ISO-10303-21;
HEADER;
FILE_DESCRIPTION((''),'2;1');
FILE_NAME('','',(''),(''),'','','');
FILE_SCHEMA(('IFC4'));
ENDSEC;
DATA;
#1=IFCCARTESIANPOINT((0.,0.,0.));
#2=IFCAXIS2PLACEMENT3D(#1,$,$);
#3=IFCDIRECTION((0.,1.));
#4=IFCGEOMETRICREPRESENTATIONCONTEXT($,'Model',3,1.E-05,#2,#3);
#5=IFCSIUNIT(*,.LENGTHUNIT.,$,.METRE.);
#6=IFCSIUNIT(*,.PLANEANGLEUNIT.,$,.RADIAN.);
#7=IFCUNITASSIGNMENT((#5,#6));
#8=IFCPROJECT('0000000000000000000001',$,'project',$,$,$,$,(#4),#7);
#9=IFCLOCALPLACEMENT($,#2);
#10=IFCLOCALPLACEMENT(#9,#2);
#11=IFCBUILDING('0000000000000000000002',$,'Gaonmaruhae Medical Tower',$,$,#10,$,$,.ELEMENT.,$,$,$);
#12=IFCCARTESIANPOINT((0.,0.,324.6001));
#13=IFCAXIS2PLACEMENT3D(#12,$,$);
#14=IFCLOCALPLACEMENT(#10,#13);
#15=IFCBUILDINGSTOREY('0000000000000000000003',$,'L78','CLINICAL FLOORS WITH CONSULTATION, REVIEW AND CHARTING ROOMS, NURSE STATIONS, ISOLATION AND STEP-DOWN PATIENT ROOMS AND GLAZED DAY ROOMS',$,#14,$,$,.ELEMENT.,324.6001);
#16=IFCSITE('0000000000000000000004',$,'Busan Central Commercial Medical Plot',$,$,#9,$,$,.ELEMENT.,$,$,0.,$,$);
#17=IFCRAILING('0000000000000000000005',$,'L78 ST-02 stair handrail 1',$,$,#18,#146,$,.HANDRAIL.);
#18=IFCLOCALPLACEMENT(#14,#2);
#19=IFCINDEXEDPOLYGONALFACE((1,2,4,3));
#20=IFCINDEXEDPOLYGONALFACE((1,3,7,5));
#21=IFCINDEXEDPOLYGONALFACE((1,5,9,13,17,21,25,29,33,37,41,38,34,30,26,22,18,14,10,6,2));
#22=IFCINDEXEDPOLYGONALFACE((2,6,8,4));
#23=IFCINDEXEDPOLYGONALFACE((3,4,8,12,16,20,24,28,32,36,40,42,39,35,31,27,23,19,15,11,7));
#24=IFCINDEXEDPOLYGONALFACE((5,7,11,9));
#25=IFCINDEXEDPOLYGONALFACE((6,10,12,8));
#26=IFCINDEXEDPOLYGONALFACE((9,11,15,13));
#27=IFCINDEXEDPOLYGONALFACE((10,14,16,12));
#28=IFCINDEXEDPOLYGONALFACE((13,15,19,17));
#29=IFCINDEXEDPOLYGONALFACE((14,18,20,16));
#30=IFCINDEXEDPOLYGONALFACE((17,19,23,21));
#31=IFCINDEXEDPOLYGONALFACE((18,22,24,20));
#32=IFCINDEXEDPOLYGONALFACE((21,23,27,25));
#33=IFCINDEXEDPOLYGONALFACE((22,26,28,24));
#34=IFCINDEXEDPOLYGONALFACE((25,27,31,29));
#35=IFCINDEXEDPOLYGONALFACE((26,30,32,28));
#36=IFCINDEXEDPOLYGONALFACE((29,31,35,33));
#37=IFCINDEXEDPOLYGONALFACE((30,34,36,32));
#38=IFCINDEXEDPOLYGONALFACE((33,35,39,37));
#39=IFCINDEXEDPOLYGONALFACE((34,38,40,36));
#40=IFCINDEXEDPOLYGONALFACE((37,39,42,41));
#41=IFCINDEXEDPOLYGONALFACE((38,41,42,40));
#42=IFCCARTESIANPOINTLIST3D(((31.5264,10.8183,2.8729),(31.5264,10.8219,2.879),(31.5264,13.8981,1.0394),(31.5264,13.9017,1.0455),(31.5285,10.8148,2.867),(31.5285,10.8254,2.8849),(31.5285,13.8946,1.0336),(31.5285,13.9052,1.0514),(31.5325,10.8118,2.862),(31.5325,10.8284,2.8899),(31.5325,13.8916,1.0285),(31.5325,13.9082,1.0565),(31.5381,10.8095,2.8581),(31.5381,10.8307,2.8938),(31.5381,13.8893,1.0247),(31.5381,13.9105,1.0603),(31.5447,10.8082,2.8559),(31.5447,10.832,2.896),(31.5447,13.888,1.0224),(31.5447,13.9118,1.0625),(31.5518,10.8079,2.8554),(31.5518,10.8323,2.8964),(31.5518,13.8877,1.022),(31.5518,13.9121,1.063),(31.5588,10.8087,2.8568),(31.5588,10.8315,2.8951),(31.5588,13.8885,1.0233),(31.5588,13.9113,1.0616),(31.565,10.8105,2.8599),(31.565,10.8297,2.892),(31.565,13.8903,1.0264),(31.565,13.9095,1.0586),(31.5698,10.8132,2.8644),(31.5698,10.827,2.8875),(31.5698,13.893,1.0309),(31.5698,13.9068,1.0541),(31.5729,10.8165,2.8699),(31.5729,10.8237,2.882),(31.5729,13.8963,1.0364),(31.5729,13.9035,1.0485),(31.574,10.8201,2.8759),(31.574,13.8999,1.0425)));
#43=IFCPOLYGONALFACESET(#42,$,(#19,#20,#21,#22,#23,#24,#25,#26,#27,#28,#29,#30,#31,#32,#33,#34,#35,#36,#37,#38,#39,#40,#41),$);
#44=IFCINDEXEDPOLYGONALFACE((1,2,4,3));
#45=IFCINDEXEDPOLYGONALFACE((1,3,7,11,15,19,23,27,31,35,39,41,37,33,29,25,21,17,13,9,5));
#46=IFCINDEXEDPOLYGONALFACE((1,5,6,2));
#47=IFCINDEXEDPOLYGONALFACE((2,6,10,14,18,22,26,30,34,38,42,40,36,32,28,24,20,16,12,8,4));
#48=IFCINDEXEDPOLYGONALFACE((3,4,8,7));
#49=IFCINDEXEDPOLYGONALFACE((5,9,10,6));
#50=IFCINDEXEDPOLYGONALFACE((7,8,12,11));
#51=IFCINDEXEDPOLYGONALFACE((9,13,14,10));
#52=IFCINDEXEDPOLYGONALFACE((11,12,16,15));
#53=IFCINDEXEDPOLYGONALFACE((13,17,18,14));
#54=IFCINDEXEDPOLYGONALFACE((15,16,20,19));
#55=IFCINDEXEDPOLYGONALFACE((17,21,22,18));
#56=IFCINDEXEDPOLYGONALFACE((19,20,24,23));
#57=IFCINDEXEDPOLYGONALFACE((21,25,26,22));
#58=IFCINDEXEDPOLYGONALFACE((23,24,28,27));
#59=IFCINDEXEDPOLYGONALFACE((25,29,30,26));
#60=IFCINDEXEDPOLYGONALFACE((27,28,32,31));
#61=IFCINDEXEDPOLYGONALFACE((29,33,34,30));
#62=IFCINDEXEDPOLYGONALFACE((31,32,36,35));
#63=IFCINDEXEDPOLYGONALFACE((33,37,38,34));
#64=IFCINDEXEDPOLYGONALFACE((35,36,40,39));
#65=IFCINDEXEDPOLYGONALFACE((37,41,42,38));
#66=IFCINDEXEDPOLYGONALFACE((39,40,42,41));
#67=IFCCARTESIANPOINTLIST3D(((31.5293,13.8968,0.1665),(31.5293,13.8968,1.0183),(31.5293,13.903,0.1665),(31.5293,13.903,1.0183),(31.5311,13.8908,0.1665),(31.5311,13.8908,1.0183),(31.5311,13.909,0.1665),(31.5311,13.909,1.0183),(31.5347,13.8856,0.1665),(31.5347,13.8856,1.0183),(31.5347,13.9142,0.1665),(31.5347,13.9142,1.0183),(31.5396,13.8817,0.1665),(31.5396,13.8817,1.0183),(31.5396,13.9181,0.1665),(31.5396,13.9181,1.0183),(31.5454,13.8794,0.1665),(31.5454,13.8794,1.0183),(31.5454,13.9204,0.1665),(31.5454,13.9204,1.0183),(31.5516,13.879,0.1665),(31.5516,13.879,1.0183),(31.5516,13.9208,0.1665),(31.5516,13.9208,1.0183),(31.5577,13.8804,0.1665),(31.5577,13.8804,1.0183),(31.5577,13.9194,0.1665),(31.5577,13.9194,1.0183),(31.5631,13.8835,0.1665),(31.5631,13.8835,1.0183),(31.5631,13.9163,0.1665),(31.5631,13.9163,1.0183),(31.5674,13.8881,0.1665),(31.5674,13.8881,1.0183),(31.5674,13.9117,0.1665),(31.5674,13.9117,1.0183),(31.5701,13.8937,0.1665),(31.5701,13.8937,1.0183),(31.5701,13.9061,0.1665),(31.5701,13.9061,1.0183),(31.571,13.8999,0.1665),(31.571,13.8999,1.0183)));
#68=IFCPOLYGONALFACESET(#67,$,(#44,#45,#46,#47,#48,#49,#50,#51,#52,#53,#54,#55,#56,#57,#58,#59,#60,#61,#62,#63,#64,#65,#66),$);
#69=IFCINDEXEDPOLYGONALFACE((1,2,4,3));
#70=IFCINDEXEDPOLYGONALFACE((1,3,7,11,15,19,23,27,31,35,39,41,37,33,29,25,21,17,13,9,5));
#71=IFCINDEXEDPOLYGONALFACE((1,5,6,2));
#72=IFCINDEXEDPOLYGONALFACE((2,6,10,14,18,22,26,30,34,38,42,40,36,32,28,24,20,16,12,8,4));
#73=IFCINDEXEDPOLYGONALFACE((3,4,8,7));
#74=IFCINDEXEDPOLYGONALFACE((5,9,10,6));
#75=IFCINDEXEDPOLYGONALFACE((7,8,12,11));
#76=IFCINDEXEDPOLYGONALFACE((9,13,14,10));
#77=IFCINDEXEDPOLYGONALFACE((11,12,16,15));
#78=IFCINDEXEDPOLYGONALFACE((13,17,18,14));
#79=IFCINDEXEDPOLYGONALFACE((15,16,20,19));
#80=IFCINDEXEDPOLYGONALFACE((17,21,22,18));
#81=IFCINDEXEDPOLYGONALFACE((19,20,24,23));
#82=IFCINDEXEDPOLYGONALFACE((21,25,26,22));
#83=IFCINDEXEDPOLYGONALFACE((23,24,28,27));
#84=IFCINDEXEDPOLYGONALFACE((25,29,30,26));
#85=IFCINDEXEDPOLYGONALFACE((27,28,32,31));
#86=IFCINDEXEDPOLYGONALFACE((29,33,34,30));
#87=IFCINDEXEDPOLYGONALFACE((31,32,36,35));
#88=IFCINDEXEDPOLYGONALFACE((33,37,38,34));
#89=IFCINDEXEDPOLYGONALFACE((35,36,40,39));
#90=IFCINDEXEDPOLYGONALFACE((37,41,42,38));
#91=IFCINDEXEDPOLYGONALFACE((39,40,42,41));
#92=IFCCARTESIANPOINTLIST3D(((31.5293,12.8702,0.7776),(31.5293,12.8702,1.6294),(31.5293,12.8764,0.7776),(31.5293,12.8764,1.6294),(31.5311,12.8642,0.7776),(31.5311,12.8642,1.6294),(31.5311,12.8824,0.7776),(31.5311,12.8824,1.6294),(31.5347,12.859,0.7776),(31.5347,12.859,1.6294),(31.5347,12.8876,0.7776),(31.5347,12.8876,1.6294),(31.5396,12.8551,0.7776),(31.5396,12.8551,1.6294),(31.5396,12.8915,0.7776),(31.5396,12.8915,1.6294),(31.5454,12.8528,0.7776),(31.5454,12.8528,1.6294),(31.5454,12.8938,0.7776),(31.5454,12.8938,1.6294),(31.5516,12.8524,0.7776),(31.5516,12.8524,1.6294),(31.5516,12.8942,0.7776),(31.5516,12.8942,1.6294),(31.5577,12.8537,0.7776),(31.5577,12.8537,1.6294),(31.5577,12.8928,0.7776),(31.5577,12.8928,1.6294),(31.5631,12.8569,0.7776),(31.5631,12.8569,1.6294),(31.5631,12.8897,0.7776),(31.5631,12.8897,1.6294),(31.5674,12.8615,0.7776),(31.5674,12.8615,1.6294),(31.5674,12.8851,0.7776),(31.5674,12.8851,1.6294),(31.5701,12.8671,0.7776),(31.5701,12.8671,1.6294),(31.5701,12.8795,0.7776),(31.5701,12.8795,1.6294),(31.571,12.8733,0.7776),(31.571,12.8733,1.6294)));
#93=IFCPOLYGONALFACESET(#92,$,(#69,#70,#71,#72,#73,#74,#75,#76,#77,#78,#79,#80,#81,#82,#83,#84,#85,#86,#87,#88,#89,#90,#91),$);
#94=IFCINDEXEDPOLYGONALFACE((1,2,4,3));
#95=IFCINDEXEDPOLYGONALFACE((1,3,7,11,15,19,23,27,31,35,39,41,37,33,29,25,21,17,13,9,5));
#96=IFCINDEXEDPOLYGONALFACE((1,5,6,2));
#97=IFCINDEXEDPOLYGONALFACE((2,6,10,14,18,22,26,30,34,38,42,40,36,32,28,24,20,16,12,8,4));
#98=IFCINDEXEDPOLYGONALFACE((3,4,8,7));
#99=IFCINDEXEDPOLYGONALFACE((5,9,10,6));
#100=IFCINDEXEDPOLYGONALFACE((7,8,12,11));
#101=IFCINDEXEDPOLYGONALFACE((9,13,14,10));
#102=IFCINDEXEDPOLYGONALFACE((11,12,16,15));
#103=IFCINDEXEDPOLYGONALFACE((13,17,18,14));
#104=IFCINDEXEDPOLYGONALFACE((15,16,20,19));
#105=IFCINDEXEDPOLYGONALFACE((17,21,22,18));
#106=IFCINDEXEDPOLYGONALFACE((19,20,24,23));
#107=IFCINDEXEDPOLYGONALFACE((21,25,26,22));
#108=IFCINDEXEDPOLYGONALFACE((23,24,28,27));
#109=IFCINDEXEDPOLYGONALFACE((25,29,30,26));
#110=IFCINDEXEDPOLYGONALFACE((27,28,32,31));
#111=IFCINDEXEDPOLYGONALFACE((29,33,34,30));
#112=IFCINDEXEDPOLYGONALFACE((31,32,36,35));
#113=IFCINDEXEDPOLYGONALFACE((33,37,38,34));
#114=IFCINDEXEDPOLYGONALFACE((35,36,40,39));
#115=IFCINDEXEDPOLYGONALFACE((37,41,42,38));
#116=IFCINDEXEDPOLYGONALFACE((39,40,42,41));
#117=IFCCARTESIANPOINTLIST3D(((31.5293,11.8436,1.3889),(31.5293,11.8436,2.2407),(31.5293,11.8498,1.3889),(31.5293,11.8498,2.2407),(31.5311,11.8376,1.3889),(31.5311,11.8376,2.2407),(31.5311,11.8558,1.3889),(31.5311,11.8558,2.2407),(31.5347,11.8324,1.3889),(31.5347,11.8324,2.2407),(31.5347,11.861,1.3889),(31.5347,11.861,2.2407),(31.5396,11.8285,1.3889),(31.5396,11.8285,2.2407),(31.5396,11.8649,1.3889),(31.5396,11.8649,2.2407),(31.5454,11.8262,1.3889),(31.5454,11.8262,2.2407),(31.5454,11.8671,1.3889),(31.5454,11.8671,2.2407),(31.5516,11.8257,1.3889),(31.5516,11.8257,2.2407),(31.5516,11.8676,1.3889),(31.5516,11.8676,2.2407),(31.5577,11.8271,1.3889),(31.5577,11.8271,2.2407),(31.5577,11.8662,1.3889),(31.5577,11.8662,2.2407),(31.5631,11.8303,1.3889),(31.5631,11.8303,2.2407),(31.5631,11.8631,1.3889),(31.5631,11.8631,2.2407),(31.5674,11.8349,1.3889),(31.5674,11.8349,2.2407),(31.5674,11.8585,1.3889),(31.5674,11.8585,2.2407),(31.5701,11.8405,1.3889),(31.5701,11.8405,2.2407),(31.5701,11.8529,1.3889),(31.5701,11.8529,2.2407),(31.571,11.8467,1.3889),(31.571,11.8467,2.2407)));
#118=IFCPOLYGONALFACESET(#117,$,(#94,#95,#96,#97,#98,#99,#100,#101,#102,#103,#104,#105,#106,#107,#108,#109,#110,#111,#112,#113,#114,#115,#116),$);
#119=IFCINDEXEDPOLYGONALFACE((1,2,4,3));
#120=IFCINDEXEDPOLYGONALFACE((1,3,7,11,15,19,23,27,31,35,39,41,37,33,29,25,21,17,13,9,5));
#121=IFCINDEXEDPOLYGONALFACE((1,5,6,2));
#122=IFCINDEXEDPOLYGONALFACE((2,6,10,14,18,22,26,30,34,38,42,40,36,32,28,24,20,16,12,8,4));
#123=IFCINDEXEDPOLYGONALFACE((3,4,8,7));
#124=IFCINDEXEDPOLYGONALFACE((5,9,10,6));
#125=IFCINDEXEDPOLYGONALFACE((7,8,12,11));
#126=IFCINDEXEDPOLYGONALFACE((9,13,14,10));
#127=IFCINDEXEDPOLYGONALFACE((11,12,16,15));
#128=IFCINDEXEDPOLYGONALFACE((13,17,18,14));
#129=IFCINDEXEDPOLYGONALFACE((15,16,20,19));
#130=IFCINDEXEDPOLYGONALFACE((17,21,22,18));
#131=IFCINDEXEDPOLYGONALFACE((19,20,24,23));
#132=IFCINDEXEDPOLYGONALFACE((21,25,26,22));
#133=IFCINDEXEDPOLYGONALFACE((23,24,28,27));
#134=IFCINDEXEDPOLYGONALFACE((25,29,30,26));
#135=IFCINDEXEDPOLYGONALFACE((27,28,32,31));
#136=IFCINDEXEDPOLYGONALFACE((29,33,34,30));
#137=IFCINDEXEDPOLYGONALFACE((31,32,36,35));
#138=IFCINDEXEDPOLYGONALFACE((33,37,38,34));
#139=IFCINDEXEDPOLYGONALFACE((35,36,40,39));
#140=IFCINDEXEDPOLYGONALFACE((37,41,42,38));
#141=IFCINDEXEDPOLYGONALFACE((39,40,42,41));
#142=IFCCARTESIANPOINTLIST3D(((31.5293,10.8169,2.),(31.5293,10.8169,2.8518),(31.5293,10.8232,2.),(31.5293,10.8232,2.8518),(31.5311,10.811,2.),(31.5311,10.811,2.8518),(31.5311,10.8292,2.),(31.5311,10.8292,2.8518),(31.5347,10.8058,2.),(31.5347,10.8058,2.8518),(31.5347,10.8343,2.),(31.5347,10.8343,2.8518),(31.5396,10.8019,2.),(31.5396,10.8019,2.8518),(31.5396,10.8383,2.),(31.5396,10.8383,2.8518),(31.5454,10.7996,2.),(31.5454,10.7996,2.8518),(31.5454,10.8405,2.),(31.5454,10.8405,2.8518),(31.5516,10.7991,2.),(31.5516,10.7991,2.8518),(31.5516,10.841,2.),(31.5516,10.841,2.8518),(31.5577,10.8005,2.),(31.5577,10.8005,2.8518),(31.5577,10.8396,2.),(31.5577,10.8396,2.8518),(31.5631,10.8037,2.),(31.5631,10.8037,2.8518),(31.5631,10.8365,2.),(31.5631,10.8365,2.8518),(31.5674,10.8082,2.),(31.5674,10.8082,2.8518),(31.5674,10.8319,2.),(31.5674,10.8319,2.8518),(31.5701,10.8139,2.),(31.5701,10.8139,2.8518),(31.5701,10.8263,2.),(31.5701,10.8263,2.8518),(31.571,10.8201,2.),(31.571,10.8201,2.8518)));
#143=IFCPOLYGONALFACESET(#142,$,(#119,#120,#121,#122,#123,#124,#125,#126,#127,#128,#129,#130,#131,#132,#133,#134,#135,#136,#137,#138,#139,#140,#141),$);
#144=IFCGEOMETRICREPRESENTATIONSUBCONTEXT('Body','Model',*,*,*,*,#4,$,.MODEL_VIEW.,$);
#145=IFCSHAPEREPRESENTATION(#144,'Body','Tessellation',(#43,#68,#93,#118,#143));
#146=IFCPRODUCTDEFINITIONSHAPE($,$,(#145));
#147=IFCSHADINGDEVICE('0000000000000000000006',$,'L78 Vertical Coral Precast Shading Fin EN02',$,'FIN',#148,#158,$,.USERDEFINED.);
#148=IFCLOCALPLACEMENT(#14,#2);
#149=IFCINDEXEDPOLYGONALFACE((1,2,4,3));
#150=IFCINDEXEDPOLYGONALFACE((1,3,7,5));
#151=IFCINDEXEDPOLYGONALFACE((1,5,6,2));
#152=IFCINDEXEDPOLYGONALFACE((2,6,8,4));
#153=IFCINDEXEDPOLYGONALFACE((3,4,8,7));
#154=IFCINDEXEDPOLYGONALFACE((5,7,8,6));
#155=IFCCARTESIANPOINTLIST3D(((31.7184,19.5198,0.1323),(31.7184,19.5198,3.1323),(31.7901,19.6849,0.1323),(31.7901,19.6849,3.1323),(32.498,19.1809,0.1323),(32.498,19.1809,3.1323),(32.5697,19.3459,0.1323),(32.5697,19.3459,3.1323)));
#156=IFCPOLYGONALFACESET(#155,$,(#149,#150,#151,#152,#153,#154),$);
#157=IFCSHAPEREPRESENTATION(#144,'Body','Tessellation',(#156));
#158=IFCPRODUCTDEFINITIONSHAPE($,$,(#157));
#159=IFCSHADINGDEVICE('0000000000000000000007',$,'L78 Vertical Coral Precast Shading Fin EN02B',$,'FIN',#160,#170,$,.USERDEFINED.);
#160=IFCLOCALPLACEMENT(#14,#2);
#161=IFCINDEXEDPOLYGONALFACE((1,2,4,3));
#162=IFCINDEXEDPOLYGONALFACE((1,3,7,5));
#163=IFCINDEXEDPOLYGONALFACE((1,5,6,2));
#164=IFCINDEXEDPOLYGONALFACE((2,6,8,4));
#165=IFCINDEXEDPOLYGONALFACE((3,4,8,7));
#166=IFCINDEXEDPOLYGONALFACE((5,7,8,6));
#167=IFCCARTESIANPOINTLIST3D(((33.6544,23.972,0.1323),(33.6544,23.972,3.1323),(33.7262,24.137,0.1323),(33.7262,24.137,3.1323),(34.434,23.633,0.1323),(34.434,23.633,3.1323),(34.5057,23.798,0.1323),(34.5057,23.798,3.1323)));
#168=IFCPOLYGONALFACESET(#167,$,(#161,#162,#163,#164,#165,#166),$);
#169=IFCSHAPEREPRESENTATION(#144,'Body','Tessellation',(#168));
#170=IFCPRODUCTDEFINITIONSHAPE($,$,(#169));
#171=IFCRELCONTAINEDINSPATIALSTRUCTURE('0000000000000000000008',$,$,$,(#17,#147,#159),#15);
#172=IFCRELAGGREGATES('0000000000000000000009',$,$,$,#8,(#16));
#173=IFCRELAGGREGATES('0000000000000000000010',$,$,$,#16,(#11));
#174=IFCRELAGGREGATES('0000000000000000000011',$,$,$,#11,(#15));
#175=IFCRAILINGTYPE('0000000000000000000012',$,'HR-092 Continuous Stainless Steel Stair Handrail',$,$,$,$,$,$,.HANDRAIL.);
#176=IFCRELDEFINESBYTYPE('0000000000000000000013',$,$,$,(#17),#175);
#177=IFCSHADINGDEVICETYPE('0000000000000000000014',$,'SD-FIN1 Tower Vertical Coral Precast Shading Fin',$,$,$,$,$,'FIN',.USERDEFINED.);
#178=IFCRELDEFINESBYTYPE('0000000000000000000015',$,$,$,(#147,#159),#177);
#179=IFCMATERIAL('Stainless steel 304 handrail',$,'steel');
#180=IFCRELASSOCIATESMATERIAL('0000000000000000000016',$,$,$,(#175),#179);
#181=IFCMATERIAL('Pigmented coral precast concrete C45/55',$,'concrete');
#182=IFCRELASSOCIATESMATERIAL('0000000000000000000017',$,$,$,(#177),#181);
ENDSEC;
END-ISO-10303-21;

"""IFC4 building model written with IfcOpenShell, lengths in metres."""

from ifc_helpers import new_model, si_unit, direction, frame, origin, origin_2d, place, context, subcontext, project, spatial, rectangle, circle, extrude, material, type_object, element, save


model = new_model("IFC4")

# Units and contexts
model_context = context("Model", 3, precision=1e-05, world=origin(), true_north=direction((0.0, 1.0)))
body_context = subcontext(model_context, "Body", "Model", "MODEL_VIEW")
ifc_project = project(units=[si_unit("LENGTHUNIT", "METRE"), si_unit("PLANEANGLEUNIT", "RADIAN")], contexts=[model_context])

# Site, building, storey
site_placement = place(None, origin())
site = spatial("IfcSite", under=ifc_project, at=site_placement, Name="Busan Central Commercial Medical Plot", CompositionType="ELEMENT", RefElevation=0.0)
building_placement = place(site_placement, origin())
building = spatial("IfcBuilding", under=site, at=building_placement, Name="Gaonmaruhae Medical Tower", CompositionType="ELEMENT")
storey_placement = place(building_placement, frame((0.0, 0.0, 324.6001)))
storey = spatial("IfcBuildingStorey", under=building, at=storey_placement, Name="L78", Description="CLINICAL FLOORS WITH CONSULTATION, REVIEW AND CHARTING ROOMS, NURSE STATIONS, ISOLATION AND STEP-DOWN PATIENT ROOMS AND GLAZED DAY ROOMS", CompositionType="ELEMENT", Elevation=324.6001)

# Railing
ifc_material_1 = material(Name="Stainless steel 304 handrail", Category="steel")
railing_type_1 = type_object("IfcRailingType", Name="HR-092 Continuous Stainless Steel Stair Handrail", PredefinedType="HANDRAIL", material=ifc_material_1)
railing_1_placement = place(storey_placement, frame((31.55, 13.8999, 0.1665)))
element("IfcRailing", 1, at=railing_1_placement, inside=storey, type_object=railing_type_1, Name="L78 ST-02 stair handrail 1", PredefinedType="HANDRAIL", context=body_context, shape_type="SweptSolid", body=[
    extrude(circle(Radius=0.0239, at=origin_2d()), frame((0.0, 0.0, 0.876), z_axis=(0.0, -0.859261, 0.511538), x_axis=(1.0, 0.0, 0.0)), (0.0, 0.0, 1.0), 3.5842),
    extrude(circle(Radius=0.021, at=origin_2d()), origin(), (0.0, 0.0, 1.0), 0.8518),
    extrude(circle(Radius=0.021, at=origin_2d()), frame((0.0, -1.0266, 0.6111)), (0.0, 0.0, 1.0), 0.8518),
    extrude(circle(Radius=0.021, at=origin_2d()), frame((0.0, -2.0532, 1.2224)), (0.0, 0.0, 1.0), 0.8518),
    extrude(circle(Radius=0.021, at=origin_2d()), frame((0.0, -3.0798, 1.8335)), (0.0, 0.0, 1.0), 0.8518),
])

# Shading devices
ifc_material_2 = material(Name="Pigmented coral precast concrete C45/55", Category="concrete")
shading_device_type = type_object("IfcShadingDeviceType", Name="SD-FIN1 Tower Vertical Coral Precast Shading Fin", ElementType="FIN", PredefinedType="USERDEFINED", material=ifc_material_2)
for number, where, z_axis, x_axis, name in (
    (2, (32.144, 19.4329, 0.1323), (0.0, 0.0, 1.0), (0.398749, 0.91706, 0.0), "L78 Vertical Coral Precast Shading Fin EN02"),
    (3, (34.0801, 23.885, 0.1323), (0.0, 0.0, 1.0), (0.398749, 0.91706, 0.0), "L78 Vertical Coral Precast Shading Fin EN02B"),
):
    element("IfcShadingDevice", number, at=place(storey_placement, frame(where, z_axis=z_axis, x_axis=x_axis)), inside=storey, type_object=shading_device_type, Name=name, ObjectType="FIN", PredefinedType="USERDEFINED", context=body_context, shape_type="SweptSolid", body=[
        extrude(rectangle(XDim=0.1799, YDim=0.8501, at=origin_2d()), origin(), (0.0, 0.0, 1.0), 3.0),
    ])

save(model, "model.ifc")
